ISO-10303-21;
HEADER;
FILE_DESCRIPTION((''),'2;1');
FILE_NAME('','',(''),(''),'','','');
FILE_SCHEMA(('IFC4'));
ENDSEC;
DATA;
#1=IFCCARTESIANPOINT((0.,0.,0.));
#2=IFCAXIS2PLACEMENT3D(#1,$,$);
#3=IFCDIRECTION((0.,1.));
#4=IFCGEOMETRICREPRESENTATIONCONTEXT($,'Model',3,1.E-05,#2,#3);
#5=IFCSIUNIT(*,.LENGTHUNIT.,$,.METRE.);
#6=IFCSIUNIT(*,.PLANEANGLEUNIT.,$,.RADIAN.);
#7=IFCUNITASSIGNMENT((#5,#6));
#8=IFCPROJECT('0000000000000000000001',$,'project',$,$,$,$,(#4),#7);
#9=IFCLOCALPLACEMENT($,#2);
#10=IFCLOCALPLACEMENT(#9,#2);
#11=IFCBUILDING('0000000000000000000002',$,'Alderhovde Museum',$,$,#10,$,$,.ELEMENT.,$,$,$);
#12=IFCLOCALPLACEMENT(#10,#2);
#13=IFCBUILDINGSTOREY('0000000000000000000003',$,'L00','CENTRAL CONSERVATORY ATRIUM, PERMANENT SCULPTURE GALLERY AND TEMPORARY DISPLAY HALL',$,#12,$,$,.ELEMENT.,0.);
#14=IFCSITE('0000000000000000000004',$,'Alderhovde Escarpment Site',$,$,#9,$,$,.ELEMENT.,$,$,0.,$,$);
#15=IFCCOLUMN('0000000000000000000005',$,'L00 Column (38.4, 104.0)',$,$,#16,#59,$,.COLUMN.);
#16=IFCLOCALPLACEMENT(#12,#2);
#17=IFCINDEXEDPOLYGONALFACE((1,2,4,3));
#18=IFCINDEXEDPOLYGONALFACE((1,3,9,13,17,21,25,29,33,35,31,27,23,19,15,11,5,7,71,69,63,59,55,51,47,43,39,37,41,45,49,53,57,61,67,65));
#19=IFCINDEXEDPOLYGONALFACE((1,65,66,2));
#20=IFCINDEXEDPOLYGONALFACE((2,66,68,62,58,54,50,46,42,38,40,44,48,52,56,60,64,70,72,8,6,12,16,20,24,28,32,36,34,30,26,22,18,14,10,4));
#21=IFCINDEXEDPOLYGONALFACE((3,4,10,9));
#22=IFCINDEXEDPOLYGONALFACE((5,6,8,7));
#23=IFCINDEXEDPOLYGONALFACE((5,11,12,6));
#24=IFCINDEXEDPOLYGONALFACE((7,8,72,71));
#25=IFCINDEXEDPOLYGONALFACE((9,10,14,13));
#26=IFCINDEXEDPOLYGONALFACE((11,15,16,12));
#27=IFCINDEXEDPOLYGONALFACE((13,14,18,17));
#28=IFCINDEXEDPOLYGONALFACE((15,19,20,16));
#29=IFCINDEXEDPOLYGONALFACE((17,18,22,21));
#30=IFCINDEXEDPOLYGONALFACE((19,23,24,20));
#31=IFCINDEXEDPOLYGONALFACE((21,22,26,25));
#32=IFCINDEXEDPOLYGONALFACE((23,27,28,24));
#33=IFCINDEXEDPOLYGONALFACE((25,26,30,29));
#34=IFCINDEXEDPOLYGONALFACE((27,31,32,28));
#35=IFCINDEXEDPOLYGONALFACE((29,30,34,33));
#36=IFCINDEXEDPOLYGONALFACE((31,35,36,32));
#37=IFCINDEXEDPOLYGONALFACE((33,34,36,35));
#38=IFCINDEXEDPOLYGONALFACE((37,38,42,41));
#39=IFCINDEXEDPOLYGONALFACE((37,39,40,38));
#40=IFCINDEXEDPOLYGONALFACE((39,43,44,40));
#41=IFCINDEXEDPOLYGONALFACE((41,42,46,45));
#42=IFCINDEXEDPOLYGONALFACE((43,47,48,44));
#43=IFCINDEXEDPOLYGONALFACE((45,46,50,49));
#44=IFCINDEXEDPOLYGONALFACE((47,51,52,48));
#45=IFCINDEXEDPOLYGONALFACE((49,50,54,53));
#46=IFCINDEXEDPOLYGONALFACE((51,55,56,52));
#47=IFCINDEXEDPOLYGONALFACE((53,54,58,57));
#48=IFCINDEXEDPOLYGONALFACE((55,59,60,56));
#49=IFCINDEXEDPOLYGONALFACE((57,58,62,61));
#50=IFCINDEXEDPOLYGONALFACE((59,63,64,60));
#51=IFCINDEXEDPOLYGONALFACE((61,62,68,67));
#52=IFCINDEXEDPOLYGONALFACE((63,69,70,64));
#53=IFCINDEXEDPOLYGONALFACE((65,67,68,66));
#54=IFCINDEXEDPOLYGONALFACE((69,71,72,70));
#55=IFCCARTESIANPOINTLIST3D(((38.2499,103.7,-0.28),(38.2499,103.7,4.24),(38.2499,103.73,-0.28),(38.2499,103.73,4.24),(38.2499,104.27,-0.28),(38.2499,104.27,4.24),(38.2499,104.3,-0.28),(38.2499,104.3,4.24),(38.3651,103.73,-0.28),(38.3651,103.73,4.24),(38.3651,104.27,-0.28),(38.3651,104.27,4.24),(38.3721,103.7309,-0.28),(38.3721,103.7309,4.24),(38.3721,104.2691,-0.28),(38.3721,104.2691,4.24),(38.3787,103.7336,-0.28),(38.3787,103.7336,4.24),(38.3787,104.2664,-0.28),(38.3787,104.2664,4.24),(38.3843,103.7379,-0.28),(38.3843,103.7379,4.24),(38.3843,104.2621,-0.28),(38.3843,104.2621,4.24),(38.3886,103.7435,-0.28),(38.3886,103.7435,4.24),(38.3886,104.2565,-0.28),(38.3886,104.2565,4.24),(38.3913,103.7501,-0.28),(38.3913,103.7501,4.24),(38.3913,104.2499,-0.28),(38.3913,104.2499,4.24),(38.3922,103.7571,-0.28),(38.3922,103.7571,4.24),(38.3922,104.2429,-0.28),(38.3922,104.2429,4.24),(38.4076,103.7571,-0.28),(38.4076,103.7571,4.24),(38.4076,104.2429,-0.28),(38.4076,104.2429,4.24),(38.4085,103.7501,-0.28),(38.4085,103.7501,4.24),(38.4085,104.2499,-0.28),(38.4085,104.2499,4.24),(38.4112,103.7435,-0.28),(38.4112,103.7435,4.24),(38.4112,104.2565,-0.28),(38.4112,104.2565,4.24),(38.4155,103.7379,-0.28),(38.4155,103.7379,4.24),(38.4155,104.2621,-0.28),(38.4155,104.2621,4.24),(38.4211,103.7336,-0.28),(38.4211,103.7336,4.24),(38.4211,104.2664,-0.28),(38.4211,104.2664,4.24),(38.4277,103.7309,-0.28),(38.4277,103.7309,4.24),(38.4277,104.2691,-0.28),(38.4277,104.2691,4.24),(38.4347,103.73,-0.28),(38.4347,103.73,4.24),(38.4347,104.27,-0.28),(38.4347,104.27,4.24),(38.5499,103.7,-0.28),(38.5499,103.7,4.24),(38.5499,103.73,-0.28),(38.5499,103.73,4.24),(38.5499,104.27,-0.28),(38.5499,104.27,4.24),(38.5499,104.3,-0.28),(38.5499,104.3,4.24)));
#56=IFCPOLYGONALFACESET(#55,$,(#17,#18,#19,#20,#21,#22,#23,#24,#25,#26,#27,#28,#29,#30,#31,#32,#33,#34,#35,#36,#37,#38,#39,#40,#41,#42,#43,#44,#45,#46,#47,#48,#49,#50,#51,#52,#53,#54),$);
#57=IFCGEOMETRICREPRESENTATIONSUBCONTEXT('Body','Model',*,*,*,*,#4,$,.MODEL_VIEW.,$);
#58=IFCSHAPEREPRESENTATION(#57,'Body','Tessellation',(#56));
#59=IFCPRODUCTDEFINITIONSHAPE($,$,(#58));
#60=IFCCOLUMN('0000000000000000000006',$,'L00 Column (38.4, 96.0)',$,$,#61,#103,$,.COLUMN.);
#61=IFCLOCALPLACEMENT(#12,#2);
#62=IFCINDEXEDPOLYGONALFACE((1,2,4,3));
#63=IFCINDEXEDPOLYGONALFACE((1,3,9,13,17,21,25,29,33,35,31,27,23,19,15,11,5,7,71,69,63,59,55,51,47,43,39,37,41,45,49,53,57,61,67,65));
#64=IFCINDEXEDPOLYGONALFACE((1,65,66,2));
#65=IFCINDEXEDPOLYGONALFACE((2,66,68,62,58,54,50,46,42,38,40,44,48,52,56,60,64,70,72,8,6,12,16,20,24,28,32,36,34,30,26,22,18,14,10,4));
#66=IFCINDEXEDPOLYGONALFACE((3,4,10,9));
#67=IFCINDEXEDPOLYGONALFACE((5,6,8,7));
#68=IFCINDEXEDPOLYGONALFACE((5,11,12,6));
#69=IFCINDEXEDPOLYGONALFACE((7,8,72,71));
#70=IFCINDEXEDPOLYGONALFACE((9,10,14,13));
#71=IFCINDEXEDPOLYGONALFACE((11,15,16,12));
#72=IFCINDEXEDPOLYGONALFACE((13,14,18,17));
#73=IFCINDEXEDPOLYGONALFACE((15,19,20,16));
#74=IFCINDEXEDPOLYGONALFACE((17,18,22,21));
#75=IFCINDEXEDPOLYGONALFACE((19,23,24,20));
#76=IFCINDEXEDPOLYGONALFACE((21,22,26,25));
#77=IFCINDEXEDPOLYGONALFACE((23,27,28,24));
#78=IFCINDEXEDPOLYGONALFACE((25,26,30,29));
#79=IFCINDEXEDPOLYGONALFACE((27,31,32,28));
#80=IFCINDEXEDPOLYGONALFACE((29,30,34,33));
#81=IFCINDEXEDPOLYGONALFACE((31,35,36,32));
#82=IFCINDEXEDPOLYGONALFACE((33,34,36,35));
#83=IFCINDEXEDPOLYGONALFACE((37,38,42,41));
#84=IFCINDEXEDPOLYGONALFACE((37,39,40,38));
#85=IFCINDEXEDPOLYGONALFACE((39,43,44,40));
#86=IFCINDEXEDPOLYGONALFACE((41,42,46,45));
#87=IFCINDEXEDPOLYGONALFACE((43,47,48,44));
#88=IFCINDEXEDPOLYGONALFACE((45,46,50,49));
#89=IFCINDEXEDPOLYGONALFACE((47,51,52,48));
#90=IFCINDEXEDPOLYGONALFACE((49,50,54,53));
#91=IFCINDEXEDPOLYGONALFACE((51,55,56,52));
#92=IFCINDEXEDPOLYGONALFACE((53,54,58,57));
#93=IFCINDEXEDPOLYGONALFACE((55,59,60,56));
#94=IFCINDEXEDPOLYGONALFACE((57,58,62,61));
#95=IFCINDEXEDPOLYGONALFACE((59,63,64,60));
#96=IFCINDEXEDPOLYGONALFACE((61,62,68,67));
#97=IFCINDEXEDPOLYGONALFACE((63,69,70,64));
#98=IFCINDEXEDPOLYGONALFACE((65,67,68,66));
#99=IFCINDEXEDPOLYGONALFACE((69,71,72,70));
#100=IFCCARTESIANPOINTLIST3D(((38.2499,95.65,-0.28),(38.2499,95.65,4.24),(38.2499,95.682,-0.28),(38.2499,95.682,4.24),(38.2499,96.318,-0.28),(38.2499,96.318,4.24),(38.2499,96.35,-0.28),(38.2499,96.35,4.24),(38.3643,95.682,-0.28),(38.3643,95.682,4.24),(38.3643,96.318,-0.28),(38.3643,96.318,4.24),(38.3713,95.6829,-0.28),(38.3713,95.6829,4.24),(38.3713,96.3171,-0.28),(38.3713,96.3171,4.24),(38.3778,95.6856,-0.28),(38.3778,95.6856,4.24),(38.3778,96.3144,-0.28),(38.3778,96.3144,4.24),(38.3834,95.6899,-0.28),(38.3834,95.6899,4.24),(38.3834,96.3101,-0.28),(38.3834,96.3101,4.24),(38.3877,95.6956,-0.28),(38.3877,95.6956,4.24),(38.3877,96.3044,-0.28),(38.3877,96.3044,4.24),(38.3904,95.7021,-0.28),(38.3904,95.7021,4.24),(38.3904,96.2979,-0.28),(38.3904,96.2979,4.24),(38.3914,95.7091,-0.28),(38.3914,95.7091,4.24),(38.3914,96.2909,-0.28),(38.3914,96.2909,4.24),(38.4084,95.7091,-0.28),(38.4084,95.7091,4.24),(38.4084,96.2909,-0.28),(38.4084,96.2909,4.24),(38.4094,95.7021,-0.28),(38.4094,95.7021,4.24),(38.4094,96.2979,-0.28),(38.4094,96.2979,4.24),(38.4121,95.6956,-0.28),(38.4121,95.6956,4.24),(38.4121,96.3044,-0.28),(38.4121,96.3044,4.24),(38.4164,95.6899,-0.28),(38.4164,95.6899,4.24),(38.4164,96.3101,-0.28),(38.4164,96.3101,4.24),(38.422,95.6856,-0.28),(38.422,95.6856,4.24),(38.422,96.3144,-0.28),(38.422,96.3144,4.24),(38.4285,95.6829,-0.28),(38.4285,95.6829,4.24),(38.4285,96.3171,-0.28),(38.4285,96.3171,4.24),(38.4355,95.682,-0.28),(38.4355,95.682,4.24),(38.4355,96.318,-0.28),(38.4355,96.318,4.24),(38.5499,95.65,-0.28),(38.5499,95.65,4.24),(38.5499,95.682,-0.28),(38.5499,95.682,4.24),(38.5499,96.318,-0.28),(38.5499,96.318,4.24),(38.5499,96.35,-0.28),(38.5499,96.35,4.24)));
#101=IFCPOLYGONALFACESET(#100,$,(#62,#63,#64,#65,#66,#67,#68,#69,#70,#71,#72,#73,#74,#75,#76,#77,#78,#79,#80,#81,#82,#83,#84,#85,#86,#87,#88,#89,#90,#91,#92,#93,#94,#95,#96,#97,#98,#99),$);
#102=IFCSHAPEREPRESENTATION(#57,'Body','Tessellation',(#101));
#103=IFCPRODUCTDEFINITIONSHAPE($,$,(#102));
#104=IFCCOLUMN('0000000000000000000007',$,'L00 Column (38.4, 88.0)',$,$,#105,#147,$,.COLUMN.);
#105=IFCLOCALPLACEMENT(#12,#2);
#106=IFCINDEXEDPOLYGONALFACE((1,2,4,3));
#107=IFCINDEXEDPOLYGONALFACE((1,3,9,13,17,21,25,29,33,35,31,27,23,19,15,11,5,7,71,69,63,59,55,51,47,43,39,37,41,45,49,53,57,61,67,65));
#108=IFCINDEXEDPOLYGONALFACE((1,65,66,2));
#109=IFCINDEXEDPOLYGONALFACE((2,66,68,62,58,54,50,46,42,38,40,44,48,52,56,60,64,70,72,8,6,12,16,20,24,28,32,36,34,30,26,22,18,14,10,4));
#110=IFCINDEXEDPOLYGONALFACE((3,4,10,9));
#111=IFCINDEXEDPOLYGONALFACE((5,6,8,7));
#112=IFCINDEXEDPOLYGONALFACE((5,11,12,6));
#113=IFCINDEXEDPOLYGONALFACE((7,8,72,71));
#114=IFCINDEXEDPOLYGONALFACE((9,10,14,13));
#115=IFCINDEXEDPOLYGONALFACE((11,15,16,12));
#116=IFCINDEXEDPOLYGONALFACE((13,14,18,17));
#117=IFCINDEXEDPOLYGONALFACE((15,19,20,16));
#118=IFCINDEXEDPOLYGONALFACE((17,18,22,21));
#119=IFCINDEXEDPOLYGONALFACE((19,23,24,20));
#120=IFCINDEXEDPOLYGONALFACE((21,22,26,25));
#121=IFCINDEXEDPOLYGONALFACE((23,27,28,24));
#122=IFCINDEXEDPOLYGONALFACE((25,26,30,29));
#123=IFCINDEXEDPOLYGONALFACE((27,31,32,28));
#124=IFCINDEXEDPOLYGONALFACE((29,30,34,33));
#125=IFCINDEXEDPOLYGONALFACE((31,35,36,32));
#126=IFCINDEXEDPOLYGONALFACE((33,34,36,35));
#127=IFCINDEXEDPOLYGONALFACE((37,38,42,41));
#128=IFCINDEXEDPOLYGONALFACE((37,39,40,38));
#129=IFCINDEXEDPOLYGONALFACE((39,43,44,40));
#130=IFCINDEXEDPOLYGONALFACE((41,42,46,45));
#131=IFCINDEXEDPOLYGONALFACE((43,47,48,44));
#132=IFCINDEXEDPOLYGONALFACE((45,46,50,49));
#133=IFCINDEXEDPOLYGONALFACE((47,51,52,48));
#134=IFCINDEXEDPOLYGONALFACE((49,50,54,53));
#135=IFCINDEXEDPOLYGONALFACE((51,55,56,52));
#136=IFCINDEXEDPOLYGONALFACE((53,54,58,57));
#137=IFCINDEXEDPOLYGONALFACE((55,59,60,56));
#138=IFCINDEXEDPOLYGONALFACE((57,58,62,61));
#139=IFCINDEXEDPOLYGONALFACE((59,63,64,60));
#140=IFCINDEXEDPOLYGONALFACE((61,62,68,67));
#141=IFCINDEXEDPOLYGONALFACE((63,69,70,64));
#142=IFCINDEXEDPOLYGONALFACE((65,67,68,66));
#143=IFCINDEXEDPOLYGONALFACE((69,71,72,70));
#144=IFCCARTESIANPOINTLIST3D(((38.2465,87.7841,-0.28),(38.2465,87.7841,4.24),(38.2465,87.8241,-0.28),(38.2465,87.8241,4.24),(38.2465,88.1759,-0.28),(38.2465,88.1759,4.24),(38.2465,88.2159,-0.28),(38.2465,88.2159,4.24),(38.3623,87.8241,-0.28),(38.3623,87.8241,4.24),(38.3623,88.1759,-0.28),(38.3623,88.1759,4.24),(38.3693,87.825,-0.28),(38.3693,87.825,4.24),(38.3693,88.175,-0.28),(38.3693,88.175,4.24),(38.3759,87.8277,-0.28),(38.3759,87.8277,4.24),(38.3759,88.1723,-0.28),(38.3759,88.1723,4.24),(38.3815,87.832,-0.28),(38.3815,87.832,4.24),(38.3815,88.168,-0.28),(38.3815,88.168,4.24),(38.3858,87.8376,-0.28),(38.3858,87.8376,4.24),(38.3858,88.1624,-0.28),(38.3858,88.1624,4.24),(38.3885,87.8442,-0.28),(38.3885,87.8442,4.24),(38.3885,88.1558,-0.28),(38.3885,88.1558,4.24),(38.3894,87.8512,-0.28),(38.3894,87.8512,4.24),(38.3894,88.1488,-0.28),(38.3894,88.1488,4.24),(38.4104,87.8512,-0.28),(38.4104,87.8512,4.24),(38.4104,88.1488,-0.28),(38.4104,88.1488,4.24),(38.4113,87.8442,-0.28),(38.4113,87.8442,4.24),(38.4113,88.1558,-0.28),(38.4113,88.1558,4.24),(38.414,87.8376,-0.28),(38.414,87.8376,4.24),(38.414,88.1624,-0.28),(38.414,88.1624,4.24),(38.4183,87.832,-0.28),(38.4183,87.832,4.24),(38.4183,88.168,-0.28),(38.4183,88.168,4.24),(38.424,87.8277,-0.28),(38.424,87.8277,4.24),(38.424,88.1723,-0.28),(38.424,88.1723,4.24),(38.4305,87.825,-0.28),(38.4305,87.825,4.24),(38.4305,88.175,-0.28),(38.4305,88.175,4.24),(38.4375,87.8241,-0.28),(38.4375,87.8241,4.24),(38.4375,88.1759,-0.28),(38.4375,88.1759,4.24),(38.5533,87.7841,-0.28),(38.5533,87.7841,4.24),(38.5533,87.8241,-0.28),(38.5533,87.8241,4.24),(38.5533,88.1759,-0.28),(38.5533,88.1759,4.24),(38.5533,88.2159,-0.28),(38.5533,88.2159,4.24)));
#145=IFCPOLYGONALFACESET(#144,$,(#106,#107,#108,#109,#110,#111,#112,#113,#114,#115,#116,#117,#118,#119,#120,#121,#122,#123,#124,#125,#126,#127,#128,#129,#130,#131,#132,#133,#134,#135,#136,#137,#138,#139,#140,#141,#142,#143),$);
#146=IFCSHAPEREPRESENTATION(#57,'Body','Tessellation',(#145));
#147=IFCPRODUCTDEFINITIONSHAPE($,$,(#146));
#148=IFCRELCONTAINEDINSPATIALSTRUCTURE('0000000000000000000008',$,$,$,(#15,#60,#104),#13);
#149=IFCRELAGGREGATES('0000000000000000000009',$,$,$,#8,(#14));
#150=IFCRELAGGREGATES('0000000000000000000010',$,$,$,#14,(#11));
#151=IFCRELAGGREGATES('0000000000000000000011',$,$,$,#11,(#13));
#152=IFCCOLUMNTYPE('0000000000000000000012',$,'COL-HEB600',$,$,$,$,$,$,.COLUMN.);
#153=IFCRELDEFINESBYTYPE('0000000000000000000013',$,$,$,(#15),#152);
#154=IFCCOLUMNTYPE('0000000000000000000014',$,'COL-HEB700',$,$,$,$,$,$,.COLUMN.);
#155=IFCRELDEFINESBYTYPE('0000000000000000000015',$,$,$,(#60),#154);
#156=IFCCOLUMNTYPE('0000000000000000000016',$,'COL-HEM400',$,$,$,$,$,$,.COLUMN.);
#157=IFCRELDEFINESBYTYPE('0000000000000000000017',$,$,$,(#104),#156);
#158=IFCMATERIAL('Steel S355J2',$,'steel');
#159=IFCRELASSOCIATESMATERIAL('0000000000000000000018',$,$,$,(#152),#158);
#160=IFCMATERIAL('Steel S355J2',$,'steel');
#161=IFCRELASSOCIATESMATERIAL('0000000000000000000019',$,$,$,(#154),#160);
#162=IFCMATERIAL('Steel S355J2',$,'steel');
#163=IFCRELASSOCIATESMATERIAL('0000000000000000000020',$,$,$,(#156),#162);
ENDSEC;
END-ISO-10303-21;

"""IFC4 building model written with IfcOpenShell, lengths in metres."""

from ifc_helpers import new_model, si_unit, direction, frame, origin, origin_2d, place, context, subcontext, project, spatial, i_section, extrude, material, material_profile, profile_set, type_object, element, save


model = new_model("IFC4")

# Units and contexts
model_context = context("Model", 3, precision=1e-05, world=origin(), true_north=direction((0.0, 1.0)))
body_context = subcontext(model_context, "Body", "Model", "MODEL_VIEW")
ifc_project = project(units=[si_unit("LENGTHUNIT", "METRE"), si_unit("PLANEANGLEUNIT", "RADIAN")], contexts=[model_context])

# Site, building, storey
site_placement = place(None, origin())
site = spatial("IfcSite", under=ifc_project, at=site_placement, Name="Alderhovde Escarpment Site", CompositionType="ELEMENT", RefElevation=0.0)
building_placement = place(site_placement, origin())
building = spatial("IfcBuilding", under=site, at=building_placement, Name="Alderhovde Museum", CompositionType="ELEMENT")
storey_placement = place(building_placement, origin())
storey = spatial("IfcBuildingStorey", under=building, at=storey_placement, Name="L00", Description="CENTRAL CONSERVATORY ATRIUM, PERMANENT SCULPTURE GALLERY AND TEMPORARY DISPLAY HALL", CompositionType="ELEMENT", Elevation=0.0)

# Columns
ifc_material_1 = material(Name="Steel S355J2", Category="steel")
ifc_material_profile_1 = material_profile(ifc_material_1, i_section(OverallWidth=0.3, OverallDepth=0.6001, WebThickness=0.0154, FlangeThickness=0.03, FilletRadius=0.0271, at=origin_2d()), Name="HEB 600")
ifc_profile_set_1 = profile_set([ifc_material_profile_1], Name="Steel S355J2")
column_type_1 = type_object("IfcColumnType", Name="COL-HEB600", PredefinedType="COLUMN", material=ifc_profile_set_1)
column_1_placement = place(storey_placement, frame((38.3999, 104.0, -0.28), z_axis=(0.0, 0.0, 1.0), x_axis=(1.0, 0.0, 0.0)))
element("IfcColumn", 1, at=column_1_placement, inside=storey, type_object=column_type_1, Name="L00 Column (38.4, 104.0)", PredefinedType="COLUMN", context=body_context, shape_type="SweptSolid", body=[
    extrude(i_section(OverallWidth=0.3, OverallDepth=0.6001, WebThickness=0.0154, FlangeThickness=0.03, FilletRadius=0.0271, at=origin_2d()), origin(), (0.0, 0.0, 1.0), 4.52),
])
ifc_material_2 = material(Name="Steel S355J2", Category="steel")
ifc_material_profile_2 = material_profile(ifc_material_2, i_section(OverallWidth=0.3, OverallDepth=0.7, WebThickness=0.0171, FlangeThickness=0.032, FilletRadius=0.0271, at=origin_2d()), Name="HEB 700")
ifc_profile_set_2 = profile_set([ifc_material_profile_2], Name="Steel S355J2")
column_type_2 = type_object("IfcColumnType", Name="COL-HEB700", PredefinedType="COLUMN", material=ifc_profile_set_2)
column_2_placement = place(storey_placement, frame((38.3999, 96.0, -0.28), z_axis=(0.0, 0.0, 1.0), x_axis=(1.0, 0.0, 0.0)))
element("IfcColumn", 2, at=column_2_placement, inside=storey, type_object=column_type_2, Name="L00 Column (38.4, 96.0)", PredefinedType="COLUMN", context=body_context, shape_type="SweptSolid", body=[
    extrude(i_section(OverallWidth=0.3, OverallDepth=0.7, WebThickness=0.0171, FlangeThickness=0.032, FilletRadius=0.0271, at=origin_2d()), origin(), (0.0, 0.0, 1.0), 4.52),
])
ifc_material_3 = material(Name="Steel S355J2", Category="steel")
ifc_material_profile_3 = material_profile(ifc_material_3, i_section(OverallWidth=0.3069, OverallDepth=0.4319, WebThickness=0.021, FlangeThickness=0.04, FilletRadius=0.0271, at=origin_2d()), Name="HEM 400")
ifc_profile_set_3 = profile_set([ifc_material_profile_3], Name="Steel S355J2")
column_type_3 = type_object("IfcColumnType", Name="COL-HEM400", PredefinedType="COLUMN", material=ifc_profile_set_3)
column_3_placement = place(storey_placement, frame((38.3999, 88.0, -0.28), z_axis=(0.0, 0.0, 1.0), x_axis=(1.0, 0.0, 0.0)))
element("IfcColumn", 3, at=column_3_placement, inside=storey, type_object=column_type_3, Name="L00 Column (38.4, 88.0)", PredefinedType="COLUMN", context=body_context, shape_type="SweptSolid", body=[
    extrude(i_section(OverallWidth=0.3069, OverallDepth=0.4319, WebThickness=0.021, FlangeThickness=0.04, FilletRadius=0.0271, at=origin_2d()), origin(), (0.0, 0.0, 1.0), 4.52),
])

save(model, "model.ifc")
